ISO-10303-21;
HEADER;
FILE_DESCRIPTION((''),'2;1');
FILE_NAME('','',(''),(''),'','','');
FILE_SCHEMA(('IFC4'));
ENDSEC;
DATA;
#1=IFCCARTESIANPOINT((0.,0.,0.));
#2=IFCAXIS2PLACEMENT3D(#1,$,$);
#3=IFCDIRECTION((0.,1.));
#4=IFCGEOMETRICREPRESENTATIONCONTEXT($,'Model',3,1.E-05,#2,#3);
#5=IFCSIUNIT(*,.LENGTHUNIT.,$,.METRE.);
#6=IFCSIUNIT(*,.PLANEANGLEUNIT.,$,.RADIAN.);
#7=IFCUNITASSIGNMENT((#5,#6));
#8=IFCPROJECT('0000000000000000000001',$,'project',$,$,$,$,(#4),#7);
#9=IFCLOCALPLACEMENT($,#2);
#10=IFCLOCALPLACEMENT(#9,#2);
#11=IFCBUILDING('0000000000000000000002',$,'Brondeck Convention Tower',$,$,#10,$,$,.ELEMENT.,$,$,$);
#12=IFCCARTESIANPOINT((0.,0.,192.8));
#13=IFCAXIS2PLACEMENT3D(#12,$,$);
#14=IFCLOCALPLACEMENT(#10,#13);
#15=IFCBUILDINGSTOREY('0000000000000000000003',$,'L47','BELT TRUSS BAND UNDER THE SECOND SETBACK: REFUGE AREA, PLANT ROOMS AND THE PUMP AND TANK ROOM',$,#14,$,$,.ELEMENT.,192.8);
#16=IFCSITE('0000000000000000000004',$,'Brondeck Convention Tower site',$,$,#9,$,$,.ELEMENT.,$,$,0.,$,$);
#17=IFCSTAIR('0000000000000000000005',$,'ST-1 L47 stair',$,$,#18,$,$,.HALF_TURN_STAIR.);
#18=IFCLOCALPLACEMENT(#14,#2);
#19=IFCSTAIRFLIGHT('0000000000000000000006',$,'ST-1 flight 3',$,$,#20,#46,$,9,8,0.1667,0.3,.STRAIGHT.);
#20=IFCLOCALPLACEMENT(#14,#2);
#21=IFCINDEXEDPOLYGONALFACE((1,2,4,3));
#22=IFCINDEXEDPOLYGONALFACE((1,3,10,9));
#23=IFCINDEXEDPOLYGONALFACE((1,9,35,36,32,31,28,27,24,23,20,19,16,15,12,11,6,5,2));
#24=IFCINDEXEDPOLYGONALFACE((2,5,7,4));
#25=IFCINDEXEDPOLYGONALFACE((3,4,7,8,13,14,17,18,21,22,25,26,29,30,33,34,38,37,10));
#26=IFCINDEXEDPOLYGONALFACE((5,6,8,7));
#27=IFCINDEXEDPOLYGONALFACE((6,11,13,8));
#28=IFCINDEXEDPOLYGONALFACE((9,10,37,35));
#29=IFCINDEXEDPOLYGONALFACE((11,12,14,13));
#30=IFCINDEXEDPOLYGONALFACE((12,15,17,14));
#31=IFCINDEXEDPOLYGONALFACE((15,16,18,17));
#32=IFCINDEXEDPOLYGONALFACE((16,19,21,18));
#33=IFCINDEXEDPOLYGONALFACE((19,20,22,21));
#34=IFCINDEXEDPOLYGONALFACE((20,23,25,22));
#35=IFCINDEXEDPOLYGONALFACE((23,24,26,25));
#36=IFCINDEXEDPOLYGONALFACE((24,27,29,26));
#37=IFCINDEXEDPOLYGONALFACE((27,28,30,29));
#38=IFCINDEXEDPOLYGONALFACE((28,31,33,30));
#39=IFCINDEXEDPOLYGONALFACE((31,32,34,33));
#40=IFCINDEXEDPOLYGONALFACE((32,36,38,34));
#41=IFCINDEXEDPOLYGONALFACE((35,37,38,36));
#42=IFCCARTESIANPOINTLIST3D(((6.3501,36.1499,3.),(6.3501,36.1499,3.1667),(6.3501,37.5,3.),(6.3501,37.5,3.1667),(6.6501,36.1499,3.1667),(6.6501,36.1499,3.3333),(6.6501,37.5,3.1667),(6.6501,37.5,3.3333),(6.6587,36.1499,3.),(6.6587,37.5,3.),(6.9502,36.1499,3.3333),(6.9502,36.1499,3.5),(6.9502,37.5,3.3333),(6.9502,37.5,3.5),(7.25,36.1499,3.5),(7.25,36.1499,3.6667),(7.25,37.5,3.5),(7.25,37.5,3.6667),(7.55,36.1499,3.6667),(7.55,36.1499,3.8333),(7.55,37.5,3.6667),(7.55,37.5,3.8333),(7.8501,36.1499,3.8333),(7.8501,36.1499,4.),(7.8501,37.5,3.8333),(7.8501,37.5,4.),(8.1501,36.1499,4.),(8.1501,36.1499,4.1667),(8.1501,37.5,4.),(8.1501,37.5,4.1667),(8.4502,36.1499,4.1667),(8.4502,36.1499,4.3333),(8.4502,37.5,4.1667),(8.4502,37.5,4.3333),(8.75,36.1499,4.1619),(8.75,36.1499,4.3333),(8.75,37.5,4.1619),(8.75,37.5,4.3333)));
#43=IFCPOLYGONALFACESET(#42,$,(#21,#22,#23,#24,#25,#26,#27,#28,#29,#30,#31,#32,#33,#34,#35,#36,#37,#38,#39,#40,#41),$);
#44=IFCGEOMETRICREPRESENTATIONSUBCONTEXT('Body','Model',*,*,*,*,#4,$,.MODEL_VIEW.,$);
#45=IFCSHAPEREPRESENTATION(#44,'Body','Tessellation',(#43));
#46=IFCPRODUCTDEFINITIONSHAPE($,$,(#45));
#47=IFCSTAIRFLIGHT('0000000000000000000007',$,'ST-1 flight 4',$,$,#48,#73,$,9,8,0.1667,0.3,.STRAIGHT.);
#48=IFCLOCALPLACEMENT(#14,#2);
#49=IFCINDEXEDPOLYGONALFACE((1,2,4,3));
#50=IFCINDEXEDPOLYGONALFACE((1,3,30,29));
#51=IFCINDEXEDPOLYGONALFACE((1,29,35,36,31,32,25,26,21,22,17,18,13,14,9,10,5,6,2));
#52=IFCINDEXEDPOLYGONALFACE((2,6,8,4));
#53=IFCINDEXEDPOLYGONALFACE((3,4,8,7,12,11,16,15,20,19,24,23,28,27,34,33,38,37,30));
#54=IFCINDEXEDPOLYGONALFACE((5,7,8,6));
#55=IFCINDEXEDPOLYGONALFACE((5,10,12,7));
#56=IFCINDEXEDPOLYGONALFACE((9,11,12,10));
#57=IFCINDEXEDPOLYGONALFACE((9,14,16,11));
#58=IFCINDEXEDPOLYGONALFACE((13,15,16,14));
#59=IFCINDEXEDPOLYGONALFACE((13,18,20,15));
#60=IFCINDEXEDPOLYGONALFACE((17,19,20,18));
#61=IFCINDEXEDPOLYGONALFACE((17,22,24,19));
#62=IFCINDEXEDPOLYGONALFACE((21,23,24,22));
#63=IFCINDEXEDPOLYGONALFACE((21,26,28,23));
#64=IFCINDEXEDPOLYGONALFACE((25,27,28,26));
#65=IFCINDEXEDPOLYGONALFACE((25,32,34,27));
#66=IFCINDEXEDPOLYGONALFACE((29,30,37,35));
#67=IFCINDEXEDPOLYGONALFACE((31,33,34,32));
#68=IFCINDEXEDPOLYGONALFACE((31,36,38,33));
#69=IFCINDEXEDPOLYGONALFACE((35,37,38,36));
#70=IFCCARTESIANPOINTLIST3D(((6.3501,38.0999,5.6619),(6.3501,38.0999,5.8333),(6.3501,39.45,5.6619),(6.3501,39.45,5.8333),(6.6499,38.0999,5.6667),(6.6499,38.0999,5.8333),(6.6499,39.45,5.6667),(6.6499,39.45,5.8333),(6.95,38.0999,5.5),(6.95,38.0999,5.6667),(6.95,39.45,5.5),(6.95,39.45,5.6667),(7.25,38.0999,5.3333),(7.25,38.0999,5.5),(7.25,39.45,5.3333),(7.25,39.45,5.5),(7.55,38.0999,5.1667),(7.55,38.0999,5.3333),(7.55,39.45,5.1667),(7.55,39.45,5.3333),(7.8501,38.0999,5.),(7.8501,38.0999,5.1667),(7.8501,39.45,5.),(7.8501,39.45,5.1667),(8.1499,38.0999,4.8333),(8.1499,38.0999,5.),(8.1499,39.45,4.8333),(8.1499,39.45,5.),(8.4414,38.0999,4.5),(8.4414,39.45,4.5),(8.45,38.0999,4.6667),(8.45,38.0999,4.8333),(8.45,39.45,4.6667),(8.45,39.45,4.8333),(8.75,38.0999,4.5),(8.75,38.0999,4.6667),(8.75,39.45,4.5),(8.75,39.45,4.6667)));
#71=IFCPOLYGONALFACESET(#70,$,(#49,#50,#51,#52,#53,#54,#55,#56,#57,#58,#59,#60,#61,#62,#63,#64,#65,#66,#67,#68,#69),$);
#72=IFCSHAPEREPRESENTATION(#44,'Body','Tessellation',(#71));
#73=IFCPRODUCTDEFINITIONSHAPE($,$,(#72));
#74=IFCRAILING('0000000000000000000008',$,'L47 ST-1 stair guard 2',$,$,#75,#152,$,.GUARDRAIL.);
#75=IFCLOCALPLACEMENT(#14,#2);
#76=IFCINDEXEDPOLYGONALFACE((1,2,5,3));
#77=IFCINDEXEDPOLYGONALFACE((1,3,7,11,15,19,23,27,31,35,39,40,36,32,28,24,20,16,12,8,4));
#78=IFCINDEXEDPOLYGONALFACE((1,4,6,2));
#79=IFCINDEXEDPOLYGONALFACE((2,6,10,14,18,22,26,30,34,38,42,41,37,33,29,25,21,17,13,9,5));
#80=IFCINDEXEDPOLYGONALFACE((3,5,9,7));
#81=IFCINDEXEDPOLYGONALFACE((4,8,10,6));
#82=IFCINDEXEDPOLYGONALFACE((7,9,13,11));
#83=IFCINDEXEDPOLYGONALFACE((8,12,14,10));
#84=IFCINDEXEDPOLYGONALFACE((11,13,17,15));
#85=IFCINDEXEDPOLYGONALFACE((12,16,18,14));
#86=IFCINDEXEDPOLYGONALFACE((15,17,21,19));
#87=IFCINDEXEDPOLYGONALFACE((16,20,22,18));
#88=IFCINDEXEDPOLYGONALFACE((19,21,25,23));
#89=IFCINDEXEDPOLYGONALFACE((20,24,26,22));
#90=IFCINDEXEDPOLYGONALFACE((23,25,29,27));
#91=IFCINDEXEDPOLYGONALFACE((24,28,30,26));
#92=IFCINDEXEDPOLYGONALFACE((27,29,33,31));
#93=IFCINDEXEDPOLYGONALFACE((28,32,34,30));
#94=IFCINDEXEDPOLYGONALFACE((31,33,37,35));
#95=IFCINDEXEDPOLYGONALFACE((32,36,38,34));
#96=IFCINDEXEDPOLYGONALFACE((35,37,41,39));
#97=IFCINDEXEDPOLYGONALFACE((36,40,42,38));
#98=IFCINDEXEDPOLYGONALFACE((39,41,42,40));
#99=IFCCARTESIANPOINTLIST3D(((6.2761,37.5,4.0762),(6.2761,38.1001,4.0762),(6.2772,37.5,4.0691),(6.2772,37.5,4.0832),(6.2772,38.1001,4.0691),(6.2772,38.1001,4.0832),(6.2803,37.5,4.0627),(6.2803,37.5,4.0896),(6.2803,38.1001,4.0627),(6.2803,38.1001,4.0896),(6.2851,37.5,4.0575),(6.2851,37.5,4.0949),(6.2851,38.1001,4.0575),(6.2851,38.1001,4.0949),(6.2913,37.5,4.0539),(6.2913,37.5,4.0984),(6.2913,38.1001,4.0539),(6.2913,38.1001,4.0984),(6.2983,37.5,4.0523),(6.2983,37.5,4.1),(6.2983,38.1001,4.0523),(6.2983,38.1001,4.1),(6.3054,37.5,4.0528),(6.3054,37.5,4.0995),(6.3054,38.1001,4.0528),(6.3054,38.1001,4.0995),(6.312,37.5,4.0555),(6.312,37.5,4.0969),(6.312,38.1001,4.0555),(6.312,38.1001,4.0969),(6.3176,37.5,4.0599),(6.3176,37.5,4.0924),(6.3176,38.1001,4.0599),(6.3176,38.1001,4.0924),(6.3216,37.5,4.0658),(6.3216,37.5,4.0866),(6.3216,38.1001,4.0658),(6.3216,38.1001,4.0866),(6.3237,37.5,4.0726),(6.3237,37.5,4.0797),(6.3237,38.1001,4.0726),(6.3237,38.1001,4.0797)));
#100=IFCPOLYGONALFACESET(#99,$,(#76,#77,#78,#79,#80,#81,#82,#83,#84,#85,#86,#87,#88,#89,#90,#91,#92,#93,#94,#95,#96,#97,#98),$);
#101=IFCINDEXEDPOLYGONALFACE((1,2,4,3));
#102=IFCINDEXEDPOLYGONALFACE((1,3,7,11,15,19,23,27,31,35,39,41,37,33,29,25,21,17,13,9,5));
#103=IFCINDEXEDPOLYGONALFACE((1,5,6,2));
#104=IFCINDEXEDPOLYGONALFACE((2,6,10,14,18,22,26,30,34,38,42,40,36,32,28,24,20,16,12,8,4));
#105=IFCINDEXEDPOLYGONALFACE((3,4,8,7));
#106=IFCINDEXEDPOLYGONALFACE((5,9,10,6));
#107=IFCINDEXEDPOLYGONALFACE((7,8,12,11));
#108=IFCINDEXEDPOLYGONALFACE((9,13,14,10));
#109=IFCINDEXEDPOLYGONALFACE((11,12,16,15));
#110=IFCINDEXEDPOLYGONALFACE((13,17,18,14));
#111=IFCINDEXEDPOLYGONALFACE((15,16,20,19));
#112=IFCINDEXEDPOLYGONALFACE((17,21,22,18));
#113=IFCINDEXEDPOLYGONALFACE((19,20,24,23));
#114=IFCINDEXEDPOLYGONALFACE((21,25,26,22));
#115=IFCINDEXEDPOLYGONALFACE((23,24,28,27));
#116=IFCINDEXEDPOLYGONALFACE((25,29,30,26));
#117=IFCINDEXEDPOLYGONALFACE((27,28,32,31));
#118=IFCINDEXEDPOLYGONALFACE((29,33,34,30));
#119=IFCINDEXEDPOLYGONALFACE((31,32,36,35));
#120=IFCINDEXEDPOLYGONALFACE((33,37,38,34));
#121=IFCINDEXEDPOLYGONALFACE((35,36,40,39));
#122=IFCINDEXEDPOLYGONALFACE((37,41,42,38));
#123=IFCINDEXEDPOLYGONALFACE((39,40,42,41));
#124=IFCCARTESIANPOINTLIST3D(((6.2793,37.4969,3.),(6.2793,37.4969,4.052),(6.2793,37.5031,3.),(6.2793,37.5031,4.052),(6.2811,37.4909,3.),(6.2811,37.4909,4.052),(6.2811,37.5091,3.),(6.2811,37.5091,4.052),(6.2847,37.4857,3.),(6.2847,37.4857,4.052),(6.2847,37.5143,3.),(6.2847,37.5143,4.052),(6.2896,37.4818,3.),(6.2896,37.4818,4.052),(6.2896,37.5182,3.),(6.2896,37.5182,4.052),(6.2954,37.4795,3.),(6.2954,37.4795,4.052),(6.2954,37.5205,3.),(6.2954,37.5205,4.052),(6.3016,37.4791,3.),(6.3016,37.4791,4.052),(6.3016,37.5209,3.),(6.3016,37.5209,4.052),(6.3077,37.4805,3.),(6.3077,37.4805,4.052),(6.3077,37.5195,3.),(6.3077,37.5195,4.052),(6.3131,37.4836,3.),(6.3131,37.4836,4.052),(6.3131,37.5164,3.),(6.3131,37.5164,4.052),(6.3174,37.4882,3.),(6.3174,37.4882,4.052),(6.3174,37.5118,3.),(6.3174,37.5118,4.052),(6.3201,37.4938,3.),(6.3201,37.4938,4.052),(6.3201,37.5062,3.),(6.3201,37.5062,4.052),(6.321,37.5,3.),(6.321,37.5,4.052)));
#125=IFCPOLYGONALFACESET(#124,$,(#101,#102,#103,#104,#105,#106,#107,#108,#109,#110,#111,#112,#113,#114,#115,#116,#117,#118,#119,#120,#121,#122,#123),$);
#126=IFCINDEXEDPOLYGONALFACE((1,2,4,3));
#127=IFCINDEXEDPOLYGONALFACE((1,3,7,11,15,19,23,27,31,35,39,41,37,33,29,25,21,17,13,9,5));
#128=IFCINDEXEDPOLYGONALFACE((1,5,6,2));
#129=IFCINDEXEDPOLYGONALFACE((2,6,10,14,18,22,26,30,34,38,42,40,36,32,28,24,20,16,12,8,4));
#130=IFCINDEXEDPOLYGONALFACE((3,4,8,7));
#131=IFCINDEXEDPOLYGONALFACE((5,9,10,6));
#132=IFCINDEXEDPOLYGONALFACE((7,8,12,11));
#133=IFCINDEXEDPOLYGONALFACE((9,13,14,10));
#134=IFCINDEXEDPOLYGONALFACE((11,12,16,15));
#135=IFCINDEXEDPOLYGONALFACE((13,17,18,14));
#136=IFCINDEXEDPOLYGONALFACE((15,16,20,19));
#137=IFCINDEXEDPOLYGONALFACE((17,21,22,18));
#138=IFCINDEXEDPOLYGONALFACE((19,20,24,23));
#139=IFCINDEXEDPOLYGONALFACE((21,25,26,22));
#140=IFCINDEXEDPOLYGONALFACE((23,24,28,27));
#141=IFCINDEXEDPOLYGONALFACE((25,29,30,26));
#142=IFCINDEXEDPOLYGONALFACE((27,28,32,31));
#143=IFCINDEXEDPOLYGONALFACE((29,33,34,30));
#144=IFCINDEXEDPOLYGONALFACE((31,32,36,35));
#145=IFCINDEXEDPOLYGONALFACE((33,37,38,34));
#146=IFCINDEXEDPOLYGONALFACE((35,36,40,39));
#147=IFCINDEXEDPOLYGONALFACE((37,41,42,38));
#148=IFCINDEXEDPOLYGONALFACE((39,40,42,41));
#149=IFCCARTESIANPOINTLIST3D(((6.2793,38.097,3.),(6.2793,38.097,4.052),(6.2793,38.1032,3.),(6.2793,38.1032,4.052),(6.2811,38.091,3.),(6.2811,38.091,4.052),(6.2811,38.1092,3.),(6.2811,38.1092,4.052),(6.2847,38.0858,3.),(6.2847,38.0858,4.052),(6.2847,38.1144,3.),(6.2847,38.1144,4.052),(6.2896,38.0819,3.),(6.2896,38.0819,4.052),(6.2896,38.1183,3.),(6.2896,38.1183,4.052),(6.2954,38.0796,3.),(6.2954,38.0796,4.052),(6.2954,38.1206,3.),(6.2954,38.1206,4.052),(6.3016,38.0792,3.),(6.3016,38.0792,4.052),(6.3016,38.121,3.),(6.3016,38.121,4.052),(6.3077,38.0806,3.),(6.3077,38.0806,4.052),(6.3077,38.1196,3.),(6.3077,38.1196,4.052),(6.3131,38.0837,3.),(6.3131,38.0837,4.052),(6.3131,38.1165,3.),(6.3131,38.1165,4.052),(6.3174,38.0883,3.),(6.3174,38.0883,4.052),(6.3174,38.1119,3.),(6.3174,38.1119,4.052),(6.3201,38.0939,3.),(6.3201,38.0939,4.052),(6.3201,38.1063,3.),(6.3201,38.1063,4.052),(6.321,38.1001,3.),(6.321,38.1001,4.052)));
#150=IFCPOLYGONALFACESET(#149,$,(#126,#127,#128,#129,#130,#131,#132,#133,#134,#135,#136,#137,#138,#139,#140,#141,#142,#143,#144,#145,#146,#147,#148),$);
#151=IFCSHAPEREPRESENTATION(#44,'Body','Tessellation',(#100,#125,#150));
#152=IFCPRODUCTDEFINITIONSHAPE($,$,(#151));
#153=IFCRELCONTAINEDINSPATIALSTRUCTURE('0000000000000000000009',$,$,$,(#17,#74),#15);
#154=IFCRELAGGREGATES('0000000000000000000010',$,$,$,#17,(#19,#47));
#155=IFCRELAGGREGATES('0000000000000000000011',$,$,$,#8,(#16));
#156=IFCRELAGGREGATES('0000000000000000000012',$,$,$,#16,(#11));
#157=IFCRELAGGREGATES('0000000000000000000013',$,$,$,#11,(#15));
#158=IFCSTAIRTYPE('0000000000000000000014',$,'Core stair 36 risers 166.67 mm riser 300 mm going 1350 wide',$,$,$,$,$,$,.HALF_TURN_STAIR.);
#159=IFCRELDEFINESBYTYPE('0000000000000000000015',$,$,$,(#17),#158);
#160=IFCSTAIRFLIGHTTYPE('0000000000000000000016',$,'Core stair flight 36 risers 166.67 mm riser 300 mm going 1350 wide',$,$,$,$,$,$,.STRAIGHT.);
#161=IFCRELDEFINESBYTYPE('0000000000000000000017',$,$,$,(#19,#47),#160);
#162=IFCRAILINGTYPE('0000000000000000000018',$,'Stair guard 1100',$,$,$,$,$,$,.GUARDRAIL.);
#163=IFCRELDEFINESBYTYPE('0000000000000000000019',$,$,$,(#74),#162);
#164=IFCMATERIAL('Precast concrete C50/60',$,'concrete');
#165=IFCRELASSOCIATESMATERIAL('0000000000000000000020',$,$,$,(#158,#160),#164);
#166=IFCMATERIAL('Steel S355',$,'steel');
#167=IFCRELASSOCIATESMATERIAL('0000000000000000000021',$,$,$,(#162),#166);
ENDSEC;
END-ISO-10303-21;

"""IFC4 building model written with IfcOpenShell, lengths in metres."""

from ifc_helpers import new_model, si_unit, direction, frame, origin, origin_2d, place, context, subcontext, project, spatial, polyline, circle, outline, extrude, material, type_object, element, aggregate, save


model = new_model("IFC4")

# Units and contexts
model_context = context("Model", 3, precision=1e-05, world=origin(), true_north=direction((0.0, 1.0)))
body_context = subcontext(model_context, "Body", "Model", "MODEL_VIEW")
ifc_project = project(units=[si_unit("LENGTHUNIT", "METRE"), si_unit("PLANEANGLEUNIT", "RADIAN")], contexts=[model_context])

# Site, building, storey
site_placement = place(None, origin())
site = spatial("IfcSite", under=ifc_project, at=site_placement, Name="Brondeck Convention Tower site", CompositionType="ELEMENT", RefElevation=0.0)
building_placement = place(site_placement, origin())
building = spatial("IfcBuilding", under=site, at=building_placement, Name="Brondeck Convention Tower", CompositionType="ELEMENT")
storey_placement = place(building_placement, frame((0.0, 0.0, 192.8)))
storey = spatial("IfcBuildingStorey", under=building, at=storey_placement, Name="L47", Description="BELT TRUSS BAND UNDER THE SECOND SETBACK: REFUGE AREA, PLANT ROOMS AND THE PUMP AND TANK ROOM", CompositionType="ELEMENT", Elevation=192.8)

# Shared definitions
ifc_material_1 = material(Name="Steel S355", Category="steel")

# Stair, stair flights
ifc_material_2 = material(Name="Precast concrete C50/60", Category="concrete")
stair_type = type_object("IfcStairType", Name="Core stair 36 risers 166.67 mm riser 300 mm going 1350 wide", PredefinedType="HALF_TURN_STAIR", material=ifc_material_2)
stair_placement = place(storey_placement, origin())
stair = element("IfcStair", 1, at=stair_placement, inside=storey, type_object=stair_type, Name="ST-1 L47 stair", PredefinedType="HALF_TURN_STAIR")
stair_flight_type = type_object("IfcStairFlightType", Name="Core stair flight 36 risers 166.67 mm riser 300 mm going 1350 wide", PredefinedType="STRAIGHT", material=ifc_material_2)
stair_flight_1_placement = place(storey_placement, frame((6.3501, 36.825, 3.0), z_axis=(0.0, 0.0, 1.0), x_axis=(1.0, 0.0, 0.0)))
stair_flight_1 = element("IfcStairFlight", 2, at=stair_flight_1_placement, type_object=stair_flight_type, Name="ST-1 flight 3", NumberOfRisers=9, NumberOfTreads=8, PredefinedType="STRAIGHT", RiserHeight=0.1667, TreadLength=0.3, context=body_context, shape_type="SweptSolid", body=[
    extrude(outline(polyline([(0.0, 0.0), (0.0, 0.1667), (0.3, 0.1667), (0.3, 0.3333), (0.6001, 0.3333), (0.6001, 0.5), (0.8999, 0.5), (0.8999, 0.6667), (1.2, 0.6667), (1.2, 0.8333), (1.5, 0.8333), (1.5, 1.0), (1.8, 1.0), (1.8, 1.1667), (2.1001, 1.1667), (2.1001, 1.3333), (2.3999, 1.3333), (2.3999, 1.5), (2.3999, 1.1619), (0.3086, 0.0), (0.0, 0.0)])), frame((0.0, 0.675, 0.0), z_axis=(0.0, -1.0, 0.0), x_axis=(1.0, 0.0, 0.0)), (0.0, 0.0, 1.0), 1.3501),
])
stair_flight_2_placement = place(storey_placement, frame((8.75, 38.7749, 4.5), z_axis=(0.0, 0.0, 1.0), x_axis=(-1.0, 0.0, 0.0)))
stair_flight_2 = element("IfcStairFlight", 3, at=stair_flight_2_placement, type_object=stair_flight_type, Name="ST-1 flight 4", NumberOfRisers=9, NumberOfTreads=8, PredefinedType="STRAIGHT", RiserHeight=0.1667, TreadLength=0.3, context=body_context, shape_type="SweptSolid", body=[
    extrude(outline(polyline([(0.0, 0.0), (0.0, 0.1667), (0.3, 0.1667), (0.3, 0.3333), (0.6001, 0.3333), (0.6001, 0.5), (0.8999, 0.5), (0.8999, 0.6667), (1.2, 0.6667), (1.2, 0.8333), (1.5, 0.8333), (1.5, 1.0), (1.8, 1.0), (1.8, 1.1667), (2.1001, 1.1667), (2.1001, 1.3333), (2.3999, 1.3333), (2.3999, 1.5), (2.3999, 1.1619), (0.3086, 0.0), (0.0, 0.0)])), frame((0.0, 0.675, 0.0), z_axis=(0.0, -1.0, 0.0), x_axis=(1.0, 0.0, 0.0)), (0.0, 0.0, 1.0), 1.3501),
])
aggregate(stair, [stair_flight_1, stair_flight_2])

# Railing
railing_type_1 = type_object("IfcRailingType", Name="Stair guard 1100", PredefinedType="GUARDRAIL", material=ifc_material_1)
railing_1_placement = place(storey_placement, frame((6.3, 37.5, 3.0)))
element("IfcRailing", 4, at=railing_1_placement, inside=storey, type_object=railing_type_1, Name="L47 ST-1 stair guard 2", PredefinedType="GUARDRAIL", context=body_context, shape_type="SweptSolid", body=[
    extrude(circle(Radius=0.0239, at=origin_2d()), frame((0.0, 0.0, 1.0762), z_axis=(0.0, 1.0, 0.0), x_axis=(-1.0, 0.0, 0.0)), (0.0, 0.0, 1.0), 0.6001),
    extrude(circle(Radius=0.021, at=origin_2d()), origin(), (0.0, 0.0, 1.0), 1.052),
    extrude(circle(Radius=0.021, at=origin_2d()), frame((0.0, 0.6001, 0.0)), (0.0, 0.0, 1.0), 1.052),
])

save(model, "model.ifc")
